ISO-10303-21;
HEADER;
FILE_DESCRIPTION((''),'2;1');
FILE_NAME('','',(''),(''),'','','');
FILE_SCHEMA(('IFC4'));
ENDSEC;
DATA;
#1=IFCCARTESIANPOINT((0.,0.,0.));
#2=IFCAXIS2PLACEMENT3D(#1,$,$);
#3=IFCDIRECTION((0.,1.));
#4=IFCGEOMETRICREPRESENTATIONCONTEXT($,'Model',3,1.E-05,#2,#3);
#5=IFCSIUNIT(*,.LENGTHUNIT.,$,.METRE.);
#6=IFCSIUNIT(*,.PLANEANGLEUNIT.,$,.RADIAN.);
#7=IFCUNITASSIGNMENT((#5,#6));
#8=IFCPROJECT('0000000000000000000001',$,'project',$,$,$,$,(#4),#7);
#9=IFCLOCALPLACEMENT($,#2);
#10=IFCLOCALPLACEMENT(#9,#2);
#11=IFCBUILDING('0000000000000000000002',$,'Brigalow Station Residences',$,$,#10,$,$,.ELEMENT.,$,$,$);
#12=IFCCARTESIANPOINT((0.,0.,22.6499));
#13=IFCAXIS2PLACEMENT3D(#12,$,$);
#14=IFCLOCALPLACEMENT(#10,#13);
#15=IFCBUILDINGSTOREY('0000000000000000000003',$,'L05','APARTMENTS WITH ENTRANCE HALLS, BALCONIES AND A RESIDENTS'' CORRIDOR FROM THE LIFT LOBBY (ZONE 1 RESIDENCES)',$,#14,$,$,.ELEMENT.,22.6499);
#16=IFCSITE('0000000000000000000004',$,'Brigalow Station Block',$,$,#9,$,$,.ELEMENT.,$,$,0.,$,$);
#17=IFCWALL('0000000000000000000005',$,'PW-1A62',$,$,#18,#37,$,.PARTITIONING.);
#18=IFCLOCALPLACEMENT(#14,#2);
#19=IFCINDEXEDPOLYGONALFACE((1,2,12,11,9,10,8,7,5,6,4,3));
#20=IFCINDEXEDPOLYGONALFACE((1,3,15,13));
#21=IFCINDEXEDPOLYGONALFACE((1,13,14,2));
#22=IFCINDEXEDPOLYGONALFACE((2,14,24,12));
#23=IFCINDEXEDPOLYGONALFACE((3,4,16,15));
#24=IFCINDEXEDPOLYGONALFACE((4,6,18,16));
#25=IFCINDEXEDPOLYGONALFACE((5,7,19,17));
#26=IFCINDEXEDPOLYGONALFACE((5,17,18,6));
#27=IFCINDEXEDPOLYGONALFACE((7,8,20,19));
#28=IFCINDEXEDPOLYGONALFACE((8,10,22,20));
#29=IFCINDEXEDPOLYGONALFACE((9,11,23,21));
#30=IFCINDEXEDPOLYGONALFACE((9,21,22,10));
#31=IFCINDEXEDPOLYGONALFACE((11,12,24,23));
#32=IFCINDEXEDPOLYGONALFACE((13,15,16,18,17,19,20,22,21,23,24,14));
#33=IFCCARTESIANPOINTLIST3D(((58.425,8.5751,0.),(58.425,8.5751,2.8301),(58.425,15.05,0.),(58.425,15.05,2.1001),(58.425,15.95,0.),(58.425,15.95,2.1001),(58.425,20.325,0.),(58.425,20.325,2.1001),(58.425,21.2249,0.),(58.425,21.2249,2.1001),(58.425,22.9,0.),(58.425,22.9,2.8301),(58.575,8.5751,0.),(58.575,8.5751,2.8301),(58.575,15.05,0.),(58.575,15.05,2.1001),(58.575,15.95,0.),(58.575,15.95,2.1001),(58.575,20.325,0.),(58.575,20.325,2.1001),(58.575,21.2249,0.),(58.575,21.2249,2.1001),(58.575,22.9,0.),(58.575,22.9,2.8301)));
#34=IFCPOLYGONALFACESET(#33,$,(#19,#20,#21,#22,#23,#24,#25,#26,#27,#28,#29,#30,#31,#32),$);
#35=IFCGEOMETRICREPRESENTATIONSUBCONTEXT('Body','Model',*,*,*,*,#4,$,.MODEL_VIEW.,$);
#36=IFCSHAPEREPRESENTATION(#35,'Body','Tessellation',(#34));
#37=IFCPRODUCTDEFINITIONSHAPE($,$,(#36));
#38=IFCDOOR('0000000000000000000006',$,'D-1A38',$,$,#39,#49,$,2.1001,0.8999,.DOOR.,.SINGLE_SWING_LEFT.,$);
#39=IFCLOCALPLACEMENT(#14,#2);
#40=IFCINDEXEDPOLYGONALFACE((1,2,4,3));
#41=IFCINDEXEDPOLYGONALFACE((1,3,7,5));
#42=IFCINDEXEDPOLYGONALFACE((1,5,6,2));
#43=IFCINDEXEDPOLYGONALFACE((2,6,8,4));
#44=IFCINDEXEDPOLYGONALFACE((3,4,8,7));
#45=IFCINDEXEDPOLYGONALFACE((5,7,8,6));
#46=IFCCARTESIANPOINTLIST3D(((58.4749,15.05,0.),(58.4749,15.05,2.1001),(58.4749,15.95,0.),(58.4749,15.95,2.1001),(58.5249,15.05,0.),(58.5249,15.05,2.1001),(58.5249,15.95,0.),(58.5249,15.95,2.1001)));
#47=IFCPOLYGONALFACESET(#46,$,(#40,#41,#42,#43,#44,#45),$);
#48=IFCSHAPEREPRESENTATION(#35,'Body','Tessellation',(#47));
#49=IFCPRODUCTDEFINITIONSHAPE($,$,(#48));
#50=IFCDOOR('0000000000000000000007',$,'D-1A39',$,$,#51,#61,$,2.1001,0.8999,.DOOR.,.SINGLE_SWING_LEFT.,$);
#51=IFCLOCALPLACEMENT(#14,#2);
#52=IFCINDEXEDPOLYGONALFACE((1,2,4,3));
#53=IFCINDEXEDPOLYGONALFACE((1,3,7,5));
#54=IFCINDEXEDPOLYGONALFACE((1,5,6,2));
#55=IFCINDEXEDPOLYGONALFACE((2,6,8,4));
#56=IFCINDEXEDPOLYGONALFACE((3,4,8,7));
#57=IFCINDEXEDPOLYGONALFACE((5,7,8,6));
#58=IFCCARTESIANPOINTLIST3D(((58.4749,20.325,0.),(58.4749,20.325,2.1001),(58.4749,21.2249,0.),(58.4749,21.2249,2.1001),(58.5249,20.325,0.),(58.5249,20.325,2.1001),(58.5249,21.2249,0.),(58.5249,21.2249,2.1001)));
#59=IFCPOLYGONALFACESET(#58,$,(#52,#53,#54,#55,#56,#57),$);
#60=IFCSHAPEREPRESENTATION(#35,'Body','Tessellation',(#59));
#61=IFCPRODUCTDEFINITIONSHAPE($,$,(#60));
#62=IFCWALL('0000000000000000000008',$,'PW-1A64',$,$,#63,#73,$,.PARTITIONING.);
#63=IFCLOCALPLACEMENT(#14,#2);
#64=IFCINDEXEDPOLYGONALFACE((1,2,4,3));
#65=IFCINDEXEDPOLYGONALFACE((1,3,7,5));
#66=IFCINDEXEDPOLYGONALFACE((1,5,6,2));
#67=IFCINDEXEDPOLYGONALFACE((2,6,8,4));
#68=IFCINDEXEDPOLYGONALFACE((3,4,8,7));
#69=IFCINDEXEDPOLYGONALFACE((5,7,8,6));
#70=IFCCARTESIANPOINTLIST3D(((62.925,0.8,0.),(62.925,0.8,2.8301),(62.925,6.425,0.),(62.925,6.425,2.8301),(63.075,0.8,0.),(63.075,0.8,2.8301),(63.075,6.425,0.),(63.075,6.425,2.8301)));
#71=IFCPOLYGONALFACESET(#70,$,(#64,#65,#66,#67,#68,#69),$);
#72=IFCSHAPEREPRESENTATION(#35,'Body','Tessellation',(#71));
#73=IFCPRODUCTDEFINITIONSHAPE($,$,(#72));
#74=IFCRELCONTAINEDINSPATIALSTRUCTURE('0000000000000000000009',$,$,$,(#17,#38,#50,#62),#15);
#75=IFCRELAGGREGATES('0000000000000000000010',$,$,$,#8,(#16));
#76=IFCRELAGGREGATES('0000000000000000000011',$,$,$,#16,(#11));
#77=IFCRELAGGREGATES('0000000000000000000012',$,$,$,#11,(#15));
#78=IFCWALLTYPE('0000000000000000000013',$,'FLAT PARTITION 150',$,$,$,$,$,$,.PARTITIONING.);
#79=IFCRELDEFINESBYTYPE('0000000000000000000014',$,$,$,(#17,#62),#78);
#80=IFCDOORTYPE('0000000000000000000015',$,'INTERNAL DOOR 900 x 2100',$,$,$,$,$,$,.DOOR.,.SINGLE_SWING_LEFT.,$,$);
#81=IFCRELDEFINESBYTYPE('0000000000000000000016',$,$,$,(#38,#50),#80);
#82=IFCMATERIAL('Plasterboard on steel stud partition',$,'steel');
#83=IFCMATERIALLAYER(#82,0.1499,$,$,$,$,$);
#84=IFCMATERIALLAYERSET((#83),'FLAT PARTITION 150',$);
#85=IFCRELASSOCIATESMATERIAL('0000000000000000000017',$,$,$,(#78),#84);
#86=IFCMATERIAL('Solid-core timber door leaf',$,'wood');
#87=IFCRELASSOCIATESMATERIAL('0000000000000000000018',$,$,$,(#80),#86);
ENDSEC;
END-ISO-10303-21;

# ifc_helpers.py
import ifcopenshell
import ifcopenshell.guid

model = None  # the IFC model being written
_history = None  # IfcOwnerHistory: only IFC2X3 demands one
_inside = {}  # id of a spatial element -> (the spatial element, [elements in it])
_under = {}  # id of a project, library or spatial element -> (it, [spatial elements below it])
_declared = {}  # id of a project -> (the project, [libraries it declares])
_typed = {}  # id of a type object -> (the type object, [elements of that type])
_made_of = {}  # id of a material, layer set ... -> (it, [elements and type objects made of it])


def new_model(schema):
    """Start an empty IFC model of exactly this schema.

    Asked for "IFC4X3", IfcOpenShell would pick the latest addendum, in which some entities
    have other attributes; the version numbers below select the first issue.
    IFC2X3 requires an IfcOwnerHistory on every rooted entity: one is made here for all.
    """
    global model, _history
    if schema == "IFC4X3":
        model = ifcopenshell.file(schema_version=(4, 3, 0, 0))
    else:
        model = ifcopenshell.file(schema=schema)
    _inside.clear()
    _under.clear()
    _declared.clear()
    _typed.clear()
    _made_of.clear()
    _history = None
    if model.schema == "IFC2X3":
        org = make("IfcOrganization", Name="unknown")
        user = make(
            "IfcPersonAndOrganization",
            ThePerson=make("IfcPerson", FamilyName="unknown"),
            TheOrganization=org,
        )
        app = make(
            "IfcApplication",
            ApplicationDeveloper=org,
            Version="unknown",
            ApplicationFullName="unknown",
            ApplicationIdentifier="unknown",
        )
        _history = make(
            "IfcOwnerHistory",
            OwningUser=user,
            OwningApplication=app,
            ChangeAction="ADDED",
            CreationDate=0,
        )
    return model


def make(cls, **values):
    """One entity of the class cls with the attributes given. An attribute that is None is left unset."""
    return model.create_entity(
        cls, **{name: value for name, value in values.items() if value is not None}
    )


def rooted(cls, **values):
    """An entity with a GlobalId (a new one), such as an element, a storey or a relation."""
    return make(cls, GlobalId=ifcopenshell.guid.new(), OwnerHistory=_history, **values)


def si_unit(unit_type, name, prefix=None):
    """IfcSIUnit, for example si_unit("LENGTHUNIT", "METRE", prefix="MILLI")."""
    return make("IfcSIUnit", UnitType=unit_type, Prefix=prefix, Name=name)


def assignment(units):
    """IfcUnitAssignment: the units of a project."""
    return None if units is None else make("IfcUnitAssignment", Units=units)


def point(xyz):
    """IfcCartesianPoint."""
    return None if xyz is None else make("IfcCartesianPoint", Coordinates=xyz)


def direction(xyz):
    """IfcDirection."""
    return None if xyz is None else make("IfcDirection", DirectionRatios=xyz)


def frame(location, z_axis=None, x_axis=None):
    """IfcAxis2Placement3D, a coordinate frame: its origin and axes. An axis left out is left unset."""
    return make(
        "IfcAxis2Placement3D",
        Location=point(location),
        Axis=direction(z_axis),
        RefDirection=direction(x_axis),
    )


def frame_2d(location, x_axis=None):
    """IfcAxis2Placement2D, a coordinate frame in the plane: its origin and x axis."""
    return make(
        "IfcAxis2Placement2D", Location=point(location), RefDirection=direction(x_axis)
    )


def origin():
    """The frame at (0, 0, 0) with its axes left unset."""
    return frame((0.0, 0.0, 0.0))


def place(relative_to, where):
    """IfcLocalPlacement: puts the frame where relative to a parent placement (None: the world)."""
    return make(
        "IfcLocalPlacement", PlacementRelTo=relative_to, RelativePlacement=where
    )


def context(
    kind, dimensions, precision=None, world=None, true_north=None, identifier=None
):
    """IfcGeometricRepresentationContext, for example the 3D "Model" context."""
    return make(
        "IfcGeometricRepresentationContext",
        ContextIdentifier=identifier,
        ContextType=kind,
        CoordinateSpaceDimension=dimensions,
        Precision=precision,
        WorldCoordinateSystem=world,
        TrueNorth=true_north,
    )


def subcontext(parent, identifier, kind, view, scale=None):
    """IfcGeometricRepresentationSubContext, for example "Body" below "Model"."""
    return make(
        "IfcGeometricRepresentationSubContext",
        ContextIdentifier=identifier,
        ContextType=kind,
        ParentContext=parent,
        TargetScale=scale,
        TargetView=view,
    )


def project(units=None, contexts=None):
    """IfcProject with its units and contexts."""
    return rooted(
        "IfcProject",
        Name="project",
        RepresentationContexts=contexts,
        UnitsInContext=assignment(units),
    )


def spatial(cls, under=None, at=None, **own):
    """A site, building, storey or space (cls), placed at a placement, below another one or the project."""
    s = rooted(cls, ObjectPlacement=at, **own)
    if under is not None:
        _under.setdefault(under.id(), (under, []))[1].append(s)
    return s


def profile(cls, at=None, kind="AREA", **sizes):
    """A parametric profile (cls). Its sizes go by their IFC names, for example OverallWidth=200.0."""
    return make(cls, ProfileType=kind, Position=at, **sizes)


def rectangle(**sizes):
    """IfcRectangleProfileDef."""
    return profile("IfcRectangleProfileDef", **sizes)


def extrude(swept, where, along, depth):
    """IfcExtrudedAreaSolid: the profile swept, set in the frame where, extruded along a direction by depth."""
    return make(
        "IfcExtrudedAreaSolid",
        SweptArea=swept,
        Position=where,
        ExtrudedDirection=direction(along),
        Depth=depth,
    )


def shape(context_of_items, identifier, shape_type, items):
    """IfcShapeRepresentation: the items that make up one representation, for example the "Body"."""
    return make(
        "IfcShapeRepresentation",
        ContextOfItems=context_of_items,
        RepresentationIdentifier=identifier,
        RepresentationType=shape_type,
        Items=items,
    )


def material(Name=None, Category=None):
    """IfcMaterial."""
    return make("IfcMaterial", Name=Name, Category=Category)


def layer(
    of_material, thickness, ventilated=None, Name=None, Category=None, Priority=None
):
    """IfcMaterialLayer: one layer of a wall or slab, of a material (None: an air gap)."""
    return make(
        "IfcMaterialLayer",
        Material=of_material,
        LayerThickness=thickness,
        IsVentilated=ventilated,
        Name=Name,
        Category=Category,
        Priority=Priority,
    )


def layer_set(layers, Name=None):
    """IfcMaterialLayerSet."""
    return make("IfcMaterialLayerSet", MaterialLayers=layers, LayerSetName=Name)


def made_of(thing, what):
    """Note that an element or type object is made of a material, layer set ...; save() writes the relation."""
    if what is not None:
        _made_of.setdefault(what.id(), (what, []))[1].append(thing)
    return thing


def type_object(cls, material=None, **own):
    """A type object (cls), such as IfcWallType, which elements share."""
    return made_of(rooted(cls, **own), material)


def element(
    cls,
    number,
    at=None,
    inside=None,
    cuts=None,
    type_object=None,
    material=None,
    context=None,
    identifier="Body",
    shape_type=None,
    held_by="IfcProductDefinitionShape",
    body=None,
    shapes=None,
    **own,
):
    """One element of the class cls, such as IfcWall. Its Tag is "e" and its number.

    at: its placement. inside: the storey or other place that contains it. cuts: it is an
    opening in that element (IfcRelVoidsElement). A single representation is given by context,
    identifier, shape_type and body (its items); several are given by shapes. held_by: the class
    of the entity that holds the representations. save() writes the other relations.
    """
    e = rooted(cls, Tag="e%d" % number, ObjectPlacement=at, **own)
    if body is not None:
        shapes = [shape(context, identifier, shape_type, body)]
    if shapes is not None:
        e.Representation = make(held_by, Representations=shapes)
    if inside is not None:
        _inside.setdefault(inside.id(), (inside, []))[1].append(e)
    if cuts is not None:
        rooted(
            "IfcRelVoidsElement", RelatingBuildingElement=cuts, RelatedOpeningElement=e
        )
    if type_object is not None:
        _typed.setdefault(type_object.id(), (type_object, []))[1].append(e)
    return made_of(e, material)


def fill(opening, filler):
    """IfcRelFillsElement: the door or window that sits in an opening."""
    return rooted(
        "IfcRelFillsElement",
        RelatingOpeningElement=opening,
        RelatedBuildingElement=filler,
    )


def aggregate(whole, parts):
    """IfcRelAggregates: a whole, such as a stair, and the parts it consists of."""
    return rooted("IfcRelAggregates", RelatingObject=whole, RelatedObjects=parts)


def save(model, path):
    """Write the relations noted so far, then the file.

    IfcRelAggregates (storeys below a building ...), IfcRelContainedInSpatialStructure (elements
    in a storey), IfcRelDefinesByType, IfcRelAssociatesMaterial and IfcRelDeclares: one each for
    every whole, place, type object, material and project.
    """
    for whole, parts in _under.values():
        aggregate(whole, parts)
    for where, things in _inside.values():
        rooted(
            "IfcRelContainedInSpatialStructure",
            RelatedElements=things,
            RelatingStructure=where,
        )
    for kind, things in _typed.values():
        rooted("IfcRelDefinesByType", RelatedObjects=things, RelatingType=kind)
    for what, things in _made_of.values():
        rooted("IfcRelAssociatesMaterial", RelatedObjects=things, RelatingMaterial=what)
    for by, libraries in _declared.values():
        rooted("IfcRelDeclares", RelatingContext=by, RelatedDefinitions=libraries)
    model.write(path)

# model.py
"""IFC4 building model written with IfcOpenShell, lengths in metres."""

from ifc_helpers import new_model, si_unit, direction, frame, frame_2d, origin, place, context, subcontext, project, spatial, rectangle, extrude, material, layer, layer_set, type_object, element, fill, save


model = new_model("IFC4")

# Units and contexts
model_context = context("Model", 3, precision=1e-05, world=origin(), true_north=direction((0.0, 1.0)))
body_context = subcontext(model_context, "Body", "Model", "MODEL_VIEW")
ifc_project = project(units=[si_unit("LENGTHUNIT", "METRE"), si_unit("PLANEANGLEUNIT", "RADIAN")], contexts=[model_context])

# Site, building, storey
site_placement = place(None, origin())
site = spatial("IfcSite", under=ifc_project, at=site_placement, Name="Brigalow Station Block", CompositionType="ELEMENT", RefElevation=0.0)
building_placement = place(site_placement, origin())
building = spatial("IfcBuilding", under=site, at=building_placement, Name="Brigalow Station Residences", CompositionType="ELEMENT")
storey_placement = place(building_placement, frame((0.0, 0.0, 22.6499)))
storey = spatial("IfcBuildingStorey", under=building, at=storey_placement, Name="L05", Description="APARTMENTS WITH ENTRANCE HALLS, BALCONIES AND A RESIDENTS' CORRIDOR FROM THE LIFT LOBBY (ZONE 1 RESIDENCES)", CompositionType="ELEMENT", Elevation=22.6499)

# Shared definitions
ifc_material_1 = material(Name="Plasterboard on steel stud partition", Category="steel")
ifc_layer_1 = layer(ifc_material_1, 0.1499)
ifc_layer_set_1 = layer_set([ifc_layer_1], Name="FLAT PARTITION 150")
wall_type_1 = type_object("IfcWallType", Name="FLAT PARTITION 150", PredefinedType="PARTITIONING", material=ifc_layer_set_1)
ifc_material_2 = material(Name="Solid-core timber door leaf", Category="wood")
door_type = type_object("IfcDoorType", Name="INTERNAL DOOR 900 x 2100", OperationType="SINGLE_SWING_LEFT", PredefinedType="DOOR", material=ifc_material_2)

# Wall, openings, doors
wall_1_placement = place(storey_placement, frame((58.5, 8.575, 0.0), z_axis=(0.0, 0.0, 1.0), x_axis=(0.0, 1.0, 0.0)))
wall_1 = element("IfcWall", 1, at=wall_1_placement, inside=storey, type_object=wall_type_1, Name="PW-1A62", PredefinedType="PARTITIONING", context=body_context, shape_type="SweptSolid", body=[
    extrude(rectangle(XDim=14.325, YDim=0.1499, at=frame_2d((7.1626, 0.0))), origin(), (0.0, 0.0, 1.0), 2.8301),
])
opening_1_placement = place(wall_1_placement, frame((6.4751, 0.0, 0.0)))
opening_1 = element("IfcOpeningElement", 2, at=opening_1_placement, cuts=wall_1, PredefinedType="OPENING", context=body_context, shape_type="SweptSolid", body=[
    extrude(rectangle(XDim=0.8999, YDim=2.1001, at=frame_2d((0.45, 1.05))), frame((0.0, 0.085, 0.0), z_axis=(0.0, -1.0, 0.0), x_axis=(1.0, 0.0, 0.0)), (0.0, 0.0, 1.0), 0.1699),
])
opening_2_placement = place(wall_1_placement, frame((11.75, 0.0, 0.0)))
opening_2 = element("IfcOpeningElement", 3, at=opening_2_placement, cuts=wall_1, PredefinedType="OPENING", context=body_context, shape_type="SweptSolid", body=[
    extrude(rectangle(XDim=0.8999, YDim=2.1001, at=frame_2d((0.45, 1.05))), frame((0.0, 0.085, 0.0), z_axis=(0.0, -1.0, 0.0), x_axis=(1.0, 0.0, 0.0)), (0.0, 0.0, 1.0), 0.1699),
])
door_1_placement = place(opening_1_placement, frame((0.8999, 0.0, 0.0), z_axis=(0.0, 0.0, 1.0), x_axis=(-1.0, 0.0, 0.0)))
door_1 = element("IfcDoor", 4, at=door_1_placement, inside=storey, type_object=door_type, Name="D-1A38", OperationType="SINGLE_SWING_LEFT", OverallHeight=2.1001, OverallWidth=0.8999, PredefinedType="DOOR", context=body_context, shape_type="SweptSolid", body=[
    extrude(rectangle(XDim=0.8999, YDim=2.1001, at=frame_2d((0.45, 1.05))), frame((0.0, 0.0249, 0.0), z_axis=(0.0, -1.0, 0.0), x_axis=(1.0, 0.0, 0.0)), (0.0, 0.0, 1.0), 0.05),
])
fill(opening_1, door_1)
door_2_placement = place(opening_2_placement, frame((0.8999, 0.0, 0.0), z_axis=(0.0, 0.0, 1.0), x_axis=(-1.0, 0.0, 0.0)))
door_2 = element("IfcDoor", 5, at=door_2_placement, inside=storey, type_object=door_type, Name="D-1A39", OperationType="SINGLE_SWING_LEFT", OverallHeight=2.1001, OverallWidth=0.8999, PredefinedType="DOOR", context=body_context, shape_type="SweptSolid", body=[
    extrude(rectangle(XDim=0.8999, YDim=2.1001, at=frame_2d((0.45, 1.05))), frame((0.0, 0.0249, 0.0), z_axis=(0.0, -1.0, 0.0), x_axis=(1.0, 0.0, 0.0)), (0.0, 0.0, 1.0), 0.05),
])
fill(opening_2, door_2)

# Wall
wall_2_placement = place(storey_placement, frame((63.0, 0.8, 0.0), z_axis=(0.0, 0.0, 1.0), x_axis=(0.0, 1.0, 0.0)))
element("IfcWall", 6, at=wall_2_placement, inside=storey, type_object=wall_type_1, Name="PW-1A64", PredefinedType="PARTITIONING", context=body_context, shape_type="SweptSolid", body=[
    extrude(rectangle(XDim=5.625, YDim=0.1499, at=frame_2d((2.8125, 0.0))), origin(), (0.0, 0.0, 1.0), 2.8301),
])

save(model, "model.ifc")
